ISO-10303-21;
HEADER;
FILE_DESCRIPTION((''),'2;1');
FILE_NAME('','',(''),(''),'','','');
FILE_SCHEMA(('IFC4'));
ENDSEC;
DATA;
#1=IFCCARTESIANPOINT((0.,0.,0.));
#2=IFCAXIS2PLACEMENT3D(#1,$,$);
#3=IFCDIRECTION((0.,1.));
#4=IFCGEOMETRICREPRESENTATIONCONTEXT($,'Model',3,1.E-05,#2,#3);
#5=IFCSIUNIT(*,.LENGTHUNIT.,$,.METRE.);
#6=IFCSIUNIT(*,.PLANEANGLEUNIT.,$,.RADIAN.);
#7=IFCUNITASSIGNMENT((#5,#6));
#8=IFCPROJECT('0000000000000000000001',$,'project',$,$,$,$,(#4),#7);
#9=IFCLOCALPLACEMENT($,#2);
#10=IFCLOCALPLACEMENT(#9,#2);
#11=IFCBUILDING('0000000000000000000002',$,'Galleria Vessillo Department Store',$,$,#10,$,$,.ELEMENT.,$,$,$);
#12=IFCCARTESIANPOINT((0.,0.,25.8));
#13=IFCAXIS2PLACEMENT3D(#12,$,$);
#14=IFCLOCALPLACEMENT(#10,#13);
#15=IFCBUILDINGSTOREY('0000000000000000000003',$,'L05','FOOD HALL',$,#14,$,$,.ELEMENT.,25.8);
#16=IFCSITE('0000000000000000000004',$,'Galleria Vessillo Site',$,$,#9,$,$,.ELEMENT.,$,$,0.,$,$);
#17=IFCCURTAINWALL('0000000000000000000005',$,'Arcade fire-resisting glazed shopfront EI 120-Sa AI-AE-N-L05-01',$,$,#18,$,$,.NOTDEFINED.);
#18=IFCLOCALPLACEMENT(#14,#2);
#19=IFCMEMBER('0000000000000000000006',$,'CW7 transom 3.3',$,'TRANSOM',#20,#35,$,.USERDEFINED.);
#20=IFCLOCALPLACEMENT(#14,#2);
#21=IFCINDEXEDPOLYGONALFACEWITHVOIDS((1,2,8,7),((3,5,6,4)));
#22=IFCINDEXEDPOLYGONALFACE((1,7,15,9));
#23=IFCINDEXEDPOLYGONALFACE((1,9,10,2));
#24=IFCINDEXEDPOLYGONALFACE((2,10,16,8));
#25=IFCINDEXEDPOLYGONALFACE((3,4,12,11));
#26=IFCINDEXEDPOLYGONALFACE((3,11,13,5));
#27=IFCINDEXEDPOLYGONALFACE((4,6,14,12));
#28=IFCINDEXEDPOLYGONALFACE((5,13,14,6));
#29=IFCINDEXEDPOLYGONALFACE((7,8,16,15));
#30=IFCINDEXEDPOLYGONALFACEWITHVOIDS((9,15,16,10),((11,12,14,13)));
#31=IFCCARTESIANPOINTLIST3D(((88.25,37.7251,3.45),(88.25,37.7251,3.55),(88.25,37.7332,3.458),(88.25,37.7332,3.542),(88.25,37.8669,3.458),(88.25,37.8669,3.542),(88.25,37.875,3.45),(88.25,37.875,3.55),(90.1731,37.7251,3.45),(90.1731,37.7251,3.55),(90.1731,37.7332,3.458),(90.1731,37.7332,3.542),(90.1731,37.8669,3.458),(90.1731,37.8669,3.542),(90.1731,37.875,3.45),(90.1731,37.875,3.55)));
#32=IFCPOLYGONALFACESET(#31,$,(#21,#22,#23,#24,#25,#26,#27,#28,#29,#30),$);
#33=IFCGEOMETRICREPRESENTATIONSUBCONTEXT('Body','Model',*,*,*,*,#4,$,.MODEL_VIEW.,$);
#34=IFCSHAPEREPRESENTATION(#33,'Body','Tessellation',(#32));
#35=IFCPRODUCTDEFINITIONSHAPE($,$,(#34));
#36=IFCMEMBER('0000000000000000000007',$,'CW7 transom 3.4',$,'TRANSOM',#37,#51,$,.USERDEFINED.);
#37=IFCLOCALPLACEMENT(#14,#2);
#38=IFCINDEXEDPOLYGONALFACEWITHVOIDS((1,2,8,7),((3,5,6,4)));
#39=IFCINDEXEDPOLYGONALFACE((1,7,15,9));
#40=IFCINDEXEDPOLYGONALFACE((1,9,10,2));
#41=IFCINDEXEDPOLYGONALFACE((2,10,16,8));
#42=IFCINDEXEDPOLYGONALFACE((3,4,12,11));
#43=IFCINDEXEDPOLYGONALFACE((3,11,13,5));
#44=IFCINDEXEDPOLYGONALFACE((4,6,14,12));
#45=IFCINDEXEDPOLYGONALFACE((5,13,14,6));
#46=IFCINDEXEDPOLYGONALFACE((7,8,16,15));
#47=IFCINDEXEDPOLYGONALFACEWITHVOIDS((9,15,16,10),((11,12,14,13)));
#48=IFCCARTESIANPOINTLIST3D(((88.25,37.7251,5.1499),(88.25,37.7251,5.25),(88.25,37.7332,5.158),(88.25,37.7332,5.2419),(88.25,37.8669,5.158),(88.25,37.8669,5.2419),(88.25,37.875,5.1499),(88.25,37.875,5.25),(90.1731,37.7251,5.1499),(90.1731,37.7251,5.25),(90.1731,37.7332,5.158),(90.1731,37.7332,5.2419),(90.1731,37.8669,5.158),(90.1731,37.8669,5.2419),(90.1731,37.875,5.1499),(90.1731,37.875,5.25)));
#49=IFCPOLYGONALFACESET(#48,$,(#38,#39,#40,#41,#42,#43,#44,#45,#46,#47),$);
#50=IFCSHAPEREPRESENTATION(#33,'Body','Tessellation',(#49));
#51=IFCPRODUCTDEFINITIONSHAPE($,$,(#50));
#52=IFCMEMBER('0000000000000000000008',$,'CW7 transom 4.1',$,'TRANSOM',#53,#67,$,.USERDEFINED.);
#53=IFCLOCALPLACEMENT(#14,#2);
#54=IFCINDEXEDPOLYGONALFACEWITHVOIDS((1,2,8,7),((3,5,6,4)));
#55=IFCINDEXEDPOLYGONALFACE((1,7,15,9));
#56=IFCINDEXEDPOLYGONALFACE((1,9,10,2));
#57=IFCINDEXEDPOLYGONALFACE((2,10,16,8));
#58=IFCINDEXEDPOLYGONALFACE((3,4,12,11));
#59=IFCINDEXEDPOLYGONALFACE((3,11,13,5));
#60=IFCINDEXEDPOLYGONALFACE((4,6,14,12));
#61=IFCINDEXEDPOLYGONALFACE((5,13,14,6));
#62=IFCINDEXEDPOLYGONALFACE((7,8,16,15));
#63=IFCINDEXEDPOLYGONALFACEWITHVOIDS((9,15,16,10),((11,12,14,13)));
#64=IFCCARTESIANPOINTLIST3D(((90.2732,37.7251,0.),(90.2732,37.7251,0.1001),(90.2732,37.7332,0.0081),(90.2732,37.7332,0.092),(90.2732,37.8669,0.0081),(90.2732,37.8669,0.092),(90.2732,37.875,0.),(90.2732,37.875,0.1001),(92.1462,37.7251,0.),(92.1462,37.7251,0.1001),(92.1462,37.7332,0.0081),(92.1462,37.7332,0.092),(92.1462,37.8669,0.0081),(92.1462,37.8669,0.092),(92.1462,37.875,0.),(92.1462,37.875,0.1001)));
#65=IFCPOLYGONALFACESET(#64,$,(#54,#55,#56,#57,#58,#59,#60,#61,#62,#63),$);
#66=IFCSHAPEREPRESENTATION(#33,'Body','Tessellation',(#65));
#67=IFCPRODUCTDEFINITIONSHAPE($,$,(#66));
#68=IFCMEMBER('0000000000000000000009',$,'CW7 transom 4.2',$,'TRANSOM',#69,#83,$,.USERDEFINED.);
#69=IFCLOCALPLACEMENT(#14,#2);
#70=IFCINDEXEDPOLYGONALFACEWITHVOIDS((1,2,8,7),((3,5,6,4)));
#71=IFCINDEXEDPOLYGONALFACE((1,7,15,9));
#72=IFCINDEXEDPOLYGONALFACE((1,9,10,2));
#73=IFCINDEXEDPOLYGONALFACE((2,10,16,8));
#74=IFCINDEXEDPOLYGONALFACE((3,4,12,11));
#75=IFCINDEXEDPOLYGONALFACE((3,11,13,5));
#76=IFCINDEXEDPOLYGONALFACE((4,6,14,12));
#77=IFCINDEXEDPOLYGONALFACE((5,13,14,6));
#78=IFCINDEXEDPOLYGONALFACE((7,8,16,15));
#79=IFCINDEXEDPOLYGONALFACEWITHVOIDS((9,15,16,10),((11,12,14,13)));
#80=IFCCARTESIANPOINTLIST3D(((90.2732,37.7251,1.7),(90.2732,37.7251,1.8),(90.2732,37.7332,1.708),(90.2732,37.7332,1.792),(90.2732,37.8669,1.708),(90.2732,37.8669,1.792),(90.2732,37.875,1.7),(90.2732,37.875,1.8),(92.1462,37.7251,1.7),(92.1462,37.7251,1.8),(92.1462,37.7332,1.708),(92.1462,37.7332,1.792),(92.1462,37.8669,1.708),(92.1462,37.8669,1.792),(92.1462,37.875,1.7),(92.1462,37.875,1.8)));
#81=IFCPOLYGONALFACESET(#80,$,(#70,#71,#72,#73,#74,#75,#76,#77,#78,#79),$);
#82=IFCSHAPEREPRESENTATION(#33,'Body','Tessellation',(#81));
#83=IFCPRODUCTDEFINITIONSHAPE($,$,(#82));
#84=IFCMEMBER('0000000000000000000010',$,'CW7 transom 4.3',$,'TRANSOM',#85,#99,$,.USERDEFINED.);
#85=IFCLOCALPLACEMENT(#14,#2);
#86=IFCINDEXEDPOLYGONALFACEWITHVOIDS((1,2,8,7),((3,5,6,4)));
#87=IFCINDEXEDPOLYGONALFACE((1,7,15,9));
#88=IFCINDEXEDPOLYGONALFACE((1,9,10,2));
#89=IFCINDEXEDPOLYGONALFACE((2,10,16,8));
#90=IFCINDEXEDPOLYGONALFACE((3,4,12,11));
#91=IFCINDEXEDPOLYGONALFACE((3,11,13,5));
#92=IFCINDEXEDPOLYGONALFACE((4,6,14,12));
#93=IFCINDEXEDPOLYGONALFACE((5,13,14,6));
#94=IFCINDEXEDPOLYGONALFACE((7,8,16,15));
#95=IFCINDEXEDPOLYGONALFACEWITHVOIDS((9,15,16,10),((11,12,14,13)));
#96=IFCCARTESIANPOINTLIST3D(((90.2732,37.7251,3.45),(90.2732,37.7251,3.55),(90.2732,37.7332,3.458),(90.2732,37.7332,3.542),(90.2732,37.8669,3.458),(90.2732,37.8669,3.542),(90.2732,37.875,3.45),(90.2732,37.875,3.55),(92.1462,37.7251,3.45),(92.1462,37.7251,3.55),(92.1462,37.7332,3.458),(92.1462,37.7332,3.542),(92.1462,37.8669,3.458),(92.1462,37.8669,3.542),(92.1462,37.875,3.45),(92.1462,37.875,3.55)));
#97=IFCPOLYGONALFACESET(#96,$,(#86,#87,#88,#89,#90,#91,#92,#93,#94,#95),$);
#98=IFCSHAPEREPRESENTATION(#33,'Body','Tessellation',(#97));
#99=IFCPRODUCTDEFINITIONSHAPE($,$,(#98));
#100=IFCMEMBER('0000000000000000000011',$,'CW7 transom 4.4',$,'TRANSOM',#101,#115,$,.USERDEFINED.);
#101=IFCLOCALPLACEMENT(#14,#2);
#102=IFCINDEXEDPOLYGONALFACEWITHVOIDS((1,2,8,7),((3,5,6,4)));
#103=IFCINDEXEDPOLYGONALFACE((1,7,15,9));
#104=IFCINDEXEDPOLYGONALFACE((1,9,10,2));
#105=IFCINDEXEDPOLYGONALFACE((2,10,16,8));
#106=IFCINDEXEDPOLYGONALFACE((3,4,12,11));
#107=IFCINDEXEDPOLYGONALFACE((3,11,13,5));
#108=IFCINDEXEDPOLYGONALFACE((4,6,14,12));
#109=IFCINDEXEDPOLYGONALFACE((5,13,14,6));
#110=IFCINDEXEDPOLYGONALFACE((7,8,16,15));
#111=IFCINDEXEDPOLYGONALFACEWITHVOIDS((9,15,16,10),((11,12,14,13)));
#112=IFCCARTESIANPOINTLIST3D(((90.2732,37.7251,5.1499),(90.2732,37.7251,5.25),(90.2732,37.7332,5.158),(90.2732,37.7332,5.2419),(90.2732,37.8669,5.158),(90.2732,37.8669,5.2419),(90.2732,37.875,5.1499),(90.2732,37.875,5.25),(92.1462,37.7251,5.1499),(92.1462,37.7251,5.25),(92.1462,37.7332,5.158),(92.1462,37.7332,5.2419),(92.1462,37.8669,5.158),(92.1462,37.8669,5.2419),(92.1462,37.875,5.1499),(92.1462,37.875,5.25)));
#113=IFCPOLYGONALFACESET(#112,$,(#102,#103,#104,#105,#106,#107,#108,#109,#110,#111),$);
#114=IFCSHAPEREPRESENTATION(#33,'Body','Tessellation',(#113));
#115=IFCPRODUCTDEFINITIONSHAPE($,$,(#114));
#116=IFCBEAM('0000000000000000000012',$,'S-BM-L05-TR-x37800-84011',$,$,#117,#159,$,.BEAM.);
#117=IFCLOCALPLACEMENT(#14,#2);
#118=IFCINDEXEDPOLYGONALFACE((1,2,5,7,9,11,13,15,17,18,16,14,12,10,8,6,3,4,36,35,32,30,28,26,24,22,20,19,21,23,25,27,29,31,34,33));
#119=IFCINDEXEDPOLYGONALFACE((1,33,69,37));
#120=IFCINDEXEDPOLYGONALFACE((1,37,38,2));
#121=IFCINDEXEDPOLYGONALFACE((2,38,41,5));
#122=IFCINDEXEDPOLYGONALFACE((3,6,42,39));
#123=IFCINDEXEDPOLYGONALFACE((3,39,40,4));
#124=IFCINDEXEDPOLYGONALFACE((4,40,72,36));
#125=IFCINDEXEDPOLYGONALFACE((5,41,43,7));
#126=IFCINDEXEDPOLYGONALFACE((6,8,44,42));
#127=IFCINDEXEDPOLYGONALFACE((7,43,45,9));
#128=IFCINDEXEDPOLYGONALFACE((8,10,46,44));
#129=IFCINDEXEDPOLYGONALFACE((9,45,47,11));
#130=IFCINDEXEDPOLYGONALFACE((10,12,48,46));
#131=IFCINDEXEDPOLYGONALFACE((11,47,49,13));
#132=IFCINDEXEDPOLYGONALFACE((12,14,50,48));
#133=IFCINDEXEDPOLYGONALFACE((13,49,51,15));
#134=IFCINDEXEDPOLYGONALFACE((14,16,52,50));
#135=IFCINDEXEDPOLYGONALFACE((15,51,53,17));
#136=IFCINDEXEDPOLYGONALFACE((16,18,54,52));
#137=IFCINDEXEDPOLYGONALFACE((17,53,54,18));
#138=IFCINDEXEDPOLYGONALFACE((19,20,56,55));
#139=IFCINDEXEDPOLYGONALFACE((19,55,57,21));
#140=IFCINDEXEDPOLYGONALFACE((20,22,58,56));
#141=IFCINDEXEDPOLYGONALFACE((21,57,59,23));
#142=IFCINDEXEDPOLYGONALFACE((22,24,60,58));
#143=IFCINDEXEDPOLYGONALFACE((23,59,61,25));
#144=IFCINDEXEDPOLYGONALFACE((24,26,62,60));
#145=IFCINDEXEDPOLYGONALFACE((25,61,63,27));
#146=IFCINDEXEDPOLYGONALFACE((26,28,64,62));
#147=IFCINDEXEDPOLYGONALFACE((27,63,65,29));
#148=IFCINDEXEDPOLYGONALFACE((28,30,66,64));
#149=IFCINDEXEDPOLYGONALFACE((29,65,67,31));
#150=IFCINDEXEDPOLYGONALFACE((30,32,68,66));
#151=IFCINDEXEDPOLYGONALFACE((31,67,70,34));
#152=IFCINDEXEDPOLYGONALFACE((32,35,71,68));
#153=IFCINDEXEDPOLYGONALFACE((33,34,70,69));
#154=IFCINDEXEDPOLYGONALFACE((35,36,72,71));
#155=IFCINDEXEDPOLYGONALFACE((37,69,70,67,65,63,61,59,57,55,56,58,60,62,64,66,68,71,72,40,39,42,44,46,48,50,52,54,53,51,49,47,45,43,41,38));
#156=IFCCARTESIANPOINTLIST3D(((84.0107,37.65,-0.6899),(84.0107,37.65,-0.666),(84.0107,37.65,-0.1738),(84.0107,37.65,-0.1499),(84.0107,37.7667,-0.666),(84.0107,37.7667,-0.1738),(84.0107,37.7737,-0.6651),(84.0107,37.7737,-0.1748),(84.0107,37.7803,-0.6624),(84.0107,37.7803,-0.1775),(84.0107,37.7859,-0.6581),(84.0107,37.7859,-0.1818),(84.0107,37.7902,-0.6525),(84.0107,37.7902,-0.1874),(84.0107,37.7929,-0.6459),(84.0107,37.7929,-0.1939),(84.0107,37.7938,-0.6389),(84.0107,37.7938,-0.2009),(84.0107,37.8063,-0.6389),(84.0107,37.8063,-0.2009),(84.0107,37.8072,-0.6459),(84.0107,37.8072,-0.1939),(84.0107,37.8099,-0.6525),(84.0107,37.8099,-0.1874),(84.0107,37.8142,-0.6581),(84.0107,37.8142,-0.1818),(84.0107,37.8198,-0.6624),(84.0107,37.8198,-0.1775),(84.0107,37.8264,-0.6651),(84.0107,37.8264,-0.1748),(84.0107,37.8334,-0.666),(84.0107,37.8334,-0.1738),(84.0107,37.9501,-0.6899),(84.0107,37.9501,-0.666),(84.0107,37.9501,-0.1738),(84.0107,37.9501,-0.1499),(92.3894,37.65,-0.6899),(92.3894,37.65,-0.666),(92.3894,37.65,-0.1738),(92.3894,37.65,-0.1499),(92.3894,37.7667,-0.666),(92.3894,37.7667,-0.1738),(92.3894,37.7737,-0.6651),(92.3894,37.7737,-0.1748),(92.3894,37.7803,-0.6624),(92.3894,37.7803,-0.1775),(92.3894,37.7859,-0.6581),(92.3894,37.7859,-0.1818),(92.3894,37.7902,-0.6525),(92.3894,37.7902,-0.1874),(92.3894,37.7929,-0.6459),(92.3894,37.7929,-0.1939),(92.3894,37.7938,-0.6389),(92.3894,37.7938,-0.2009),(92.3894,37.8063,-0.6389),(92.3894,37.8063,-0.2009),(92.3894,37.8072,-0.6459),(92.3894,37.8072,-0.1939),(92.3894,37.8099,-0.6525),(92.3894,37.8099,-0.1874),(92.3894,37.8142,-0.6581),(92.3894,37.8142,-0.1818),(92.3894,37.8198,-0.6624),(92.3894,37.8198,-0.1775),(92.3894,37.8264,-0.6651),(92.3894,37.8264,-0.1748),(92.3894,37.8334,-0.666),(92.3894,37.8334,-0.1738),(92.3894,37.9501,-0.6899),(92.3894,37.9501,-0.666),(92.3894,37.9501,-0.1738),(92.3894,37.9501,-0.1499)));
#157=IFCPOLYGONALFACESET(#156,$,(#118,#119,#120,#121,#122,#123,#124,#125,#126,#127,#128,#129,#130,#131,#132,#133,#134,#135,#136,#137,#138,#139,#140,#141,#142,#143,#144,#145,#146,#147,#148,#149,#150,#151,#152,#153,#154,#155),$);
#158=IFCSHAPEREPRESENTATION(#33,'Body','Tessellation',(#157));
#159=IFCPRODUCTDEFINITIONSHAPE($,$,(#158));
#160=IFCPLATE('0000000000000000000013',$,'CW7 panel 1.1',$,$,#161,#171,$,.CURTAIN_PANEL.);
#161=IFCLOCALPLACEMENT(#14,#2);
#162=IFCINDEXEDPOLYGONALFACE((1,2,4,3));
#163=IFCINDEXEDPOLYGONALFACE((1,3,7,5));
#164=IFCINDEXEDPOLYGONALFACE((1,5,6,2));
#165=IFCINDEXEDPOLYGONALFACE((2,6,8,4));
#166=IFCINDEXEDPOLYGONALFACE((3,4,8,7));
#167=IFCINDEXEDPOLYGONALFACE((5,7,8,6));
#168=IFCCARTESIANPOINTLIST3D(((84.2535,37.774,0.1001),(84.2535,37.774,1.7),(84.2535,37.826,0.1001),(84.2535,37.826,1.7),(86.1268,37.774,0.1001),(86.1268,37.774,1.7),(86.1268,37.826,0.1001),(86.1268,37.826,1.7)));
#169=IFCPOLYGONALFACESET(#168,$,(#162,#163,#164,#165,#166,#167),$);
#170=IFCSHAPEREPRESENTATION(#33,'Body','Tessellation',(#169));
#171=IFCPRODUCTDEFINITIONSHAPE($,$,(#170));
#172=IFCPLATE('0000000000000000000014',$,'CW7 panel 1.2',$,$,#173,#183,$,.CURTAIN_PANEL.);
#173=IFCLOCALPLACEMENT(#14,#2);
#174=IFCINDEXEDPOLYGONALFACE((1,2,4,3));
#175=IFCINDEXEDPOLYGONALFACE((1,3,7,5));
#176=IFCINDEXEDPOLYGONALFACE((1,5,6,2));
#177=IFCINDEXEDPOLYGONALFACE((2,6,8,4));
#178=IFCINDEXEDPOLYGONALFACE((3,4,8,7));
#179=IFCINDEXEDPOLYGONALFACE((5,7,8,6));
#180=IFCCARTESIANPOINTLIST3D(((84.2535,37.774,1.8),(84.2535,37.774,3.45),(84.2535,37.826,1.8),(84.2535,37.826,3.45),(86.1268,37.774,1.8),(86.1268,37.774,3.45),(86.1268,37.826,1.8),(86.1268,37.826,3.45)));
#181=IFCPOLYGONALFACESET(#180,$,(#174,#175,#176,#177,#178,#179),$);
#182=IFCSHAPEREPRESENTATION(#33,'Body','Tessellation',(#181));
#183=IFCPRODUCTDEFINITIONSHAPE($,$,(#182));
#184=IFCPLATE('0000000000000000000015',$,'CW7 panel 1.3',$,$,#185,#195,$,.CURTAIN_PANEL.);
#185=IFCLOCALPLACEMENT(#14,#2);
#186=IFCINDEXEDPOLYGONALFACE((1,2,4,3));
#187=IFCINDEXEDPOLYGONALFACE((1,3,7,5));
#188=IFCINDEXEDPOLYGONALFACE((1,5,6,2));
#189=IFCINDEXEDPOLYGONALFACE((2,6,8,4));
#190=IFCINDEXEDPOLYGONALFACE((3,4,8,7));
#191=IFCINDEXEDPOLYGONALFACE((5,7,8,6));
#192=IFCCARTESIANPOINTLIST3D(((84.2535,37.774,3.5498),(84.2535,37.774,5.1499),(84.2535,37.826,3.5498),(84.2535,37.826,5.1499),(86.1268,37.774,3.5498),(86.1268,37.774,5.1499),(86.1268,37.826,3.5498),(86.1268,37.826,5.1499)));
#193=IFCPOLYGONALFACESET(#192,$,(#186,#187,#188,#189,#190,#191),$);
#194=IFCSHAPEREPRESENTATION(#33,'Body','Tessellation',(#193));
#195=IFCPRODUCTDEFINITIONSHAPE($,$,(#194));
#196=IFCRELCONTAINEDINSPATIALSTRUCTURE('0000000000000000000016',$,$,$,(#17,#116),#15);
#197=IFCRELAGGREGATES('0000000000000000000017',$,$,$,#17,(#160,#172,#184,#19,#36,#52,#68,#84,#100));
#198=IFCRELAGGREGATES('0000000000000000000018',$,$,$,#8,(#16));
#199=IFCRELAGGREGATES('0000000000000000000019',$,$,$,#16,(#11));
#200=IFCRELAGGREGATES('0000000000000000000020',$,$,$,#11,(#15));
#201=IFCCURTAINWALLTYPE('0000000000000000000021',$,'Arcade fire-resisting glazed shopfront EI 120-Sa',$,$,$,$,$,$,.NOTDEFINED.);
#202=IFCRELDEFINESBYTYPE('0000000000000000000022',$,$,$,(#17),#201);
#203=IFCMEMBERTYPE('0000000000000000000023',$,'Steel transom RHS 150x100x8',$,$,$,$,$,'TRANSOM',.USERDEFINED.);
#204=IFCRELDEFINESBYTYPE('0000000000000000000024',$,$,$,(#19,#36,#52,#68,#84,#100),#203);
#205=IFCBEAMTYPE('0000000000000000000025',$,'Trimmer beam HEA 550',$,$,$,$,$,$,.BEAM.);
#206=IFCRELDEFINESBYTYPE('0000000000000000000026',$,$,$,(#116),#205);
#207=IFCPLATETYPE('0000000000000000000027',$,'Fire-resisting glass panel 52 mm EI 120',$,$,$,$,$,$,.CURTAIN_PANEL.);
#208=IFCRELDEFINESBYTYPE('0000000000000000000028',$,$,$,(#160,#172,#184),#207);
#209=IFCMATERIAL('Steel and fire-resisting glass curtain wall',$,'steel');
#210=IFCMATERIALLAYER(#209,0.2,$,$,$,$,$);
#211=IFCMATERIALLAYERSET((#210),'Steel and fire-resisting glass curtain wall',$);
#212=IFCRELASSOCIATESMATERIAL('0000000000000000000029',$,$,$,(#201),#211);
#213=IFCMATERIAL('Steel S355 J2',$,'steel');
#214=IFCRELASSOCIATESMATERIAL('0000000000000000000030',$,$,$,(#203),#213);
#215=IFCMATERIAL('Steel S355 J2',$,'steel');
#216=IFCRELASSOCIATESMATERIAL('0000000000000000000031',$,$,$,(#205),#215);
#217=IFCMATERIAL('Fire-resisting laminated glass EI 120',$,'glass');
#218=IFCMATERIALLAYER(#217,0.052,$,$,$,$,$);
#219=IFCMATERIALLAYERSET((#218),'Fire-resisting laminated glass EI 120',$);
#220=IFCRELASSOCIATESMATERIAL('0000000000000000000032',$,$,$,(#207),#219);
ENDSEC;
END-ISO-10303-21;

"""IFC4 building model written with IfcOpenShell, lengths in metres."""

from ifc_helpers import new_model, si_unit, direction, frame, origin, origin_2d, place, context, subcontext, project, spatial, rectangle, hollow_rectangle, i_section, extrude, material, layer, layer_set, material_profile, profile_set, type_object, element, aggregate, save


model = new_model("IFC4")

# Units and contexts
model_context = context("Model", 3, precision=1e-05, world=origin(), true_north=direction((0.0, 1.0)))
body_context = subcontext(model_context, "Body", "Model", "MODEL_VIEW")
ifc_project = project(units=[si_unit("LENGTHUNIT", "METRE"), si_unit("PLANEANGLEUNIT", "RADIAN")], contexts=[model_context])

# Site, building, storey
site_placement = place(None, origin())
site = spatial("IfcSite", under=ifc_project, at=site_placement, Name="Galleria Vessillo Site", CompositionType="ELEMENT", RefElevation=0.0)
building_placement = place(site_placement, origin())
building = spatial("IfcBuilding", under=site, at=building_placement, Name="Galleria Vessillo Department Store", CompositionType="ELEMENT")
storey_placement = place(building_placement, frame((0.0, 0.0, 25.8)))
storey = spatial("IfcBuildingStorey", under=building, at=storey_placement, Name="L05", Description="FOOD HALL", CompositionType="ELEMENT", Elevation=25.8)

# Curtain wall, members
ifc_material_1 = material(Name="Steel and fire-resisting glass curtain wall", Category="steel")
ifc_layer_1 = layer(ifc_material_1, 0.2)
ifc_layer_set_1 = layer_set([ifc_layer_1], Name="Steel and fire-resisting glass curtain wall")
curtain_wall_type = type_object("IfcCurtainWallType", Name="Arcade fire-resisting glazed shopfront EI 120-Sa", PredefinedType="NOTDEFINED", material=ifc_layer_set_1)
curtain_wall_placement = place(storey_placement, origin())
curtain_wall = element("IfcCurtainWall", 1, at=curtain_wall_placement, inside=storey, type_object=curtain_wall_type, Name="Arcade fire-resisting glazed shopfront EI 120-Sa AI-AE-N-L05-01", PredefinedType="NOTDEFINED")
ifc_material_2 = material(Name="Steel S355 J2", Category="steel")
ifc_material_profile_1 = material_profile(ifc_material_2, hollow_rectangle(XDim=0.1499, YDim=0.1001, WallThickness=0.0081, at=origin_2d()), Name="RHS 150x100x8")
ifc_profile_set_1 = profile_set([ifc_material_profile_1], Name="Steel S355 J2")
member_type_1 = type_object("IfcMemberType", Name="Steel transom RHS 150x100x8", ElementType="TRANSOM", PredefinedType="USERDEFINED", material=ifc_profile_set_1)
member_1_placement = place(storey_placement, frame((88.25, 37.8, 3.5), z_axis=(1.0, 0.0, 0.0), x_axis=(0.0, 1.0, 0.0)))
member_1 = element("IfcMember", 2, at=member_1_placement, type_object=member_type_1, Name="CW7 transom 3.3", ObjectType="TRANSOM", PredefinedType="USERDEFINED", context=body_context, shape_type="SweptSolid", body=[
    extrude(hollow_rectangle(XDim=0.1499, YDim=0.1001, WallThickness=0.0081, at=origin_2d()), origin(), (0.0, 0.0, 1.0), 1.9231),
])
member_2_placement = place(storey_placement, frame((88.25, 37.8, 5.2), z_axis=(1.0, 0.0, 0.0), x_axis=(0.0, 1.0, 0.0)))
member_2 = element("IfcMember", 3, at=member_2_placement, type_object=member_type_1, Name="CW7 transom 3.4", ObjectType="TRANSOM", PredefinedType="USERDEFINED", context=body_context, shape_type="SweptSolid", body=[
    extrude(hollow_rectangle(XDim=0.1499, YDim=0.1001, WallThickness=0.0081, at=origin_2d()), origin(), (0.0, 0.0, 1.0), 1.9231),
])
member_3_placement = place(storey_placement, frame((90.2732, 37.8, 0.05), z_axis=(1.0, 0.0, 0.0), x_axis=(0.0, 1.0, 0.0)))
member_3 = element("IfcMember", 4, at=member_3_placement, type_object=member_type_1, Name="CW7 transom 4.1", ObjectType="TRANSOM", PredefinedType="USERDEFINED", context=body_context, shape_type="SweptSolid", body=[
    extrude(hollow_rectangle(XDim=0.1499, YDim=0.1001, WallThickness=0.0081, at=origin_2d()), origin(), (0.0, 0.0, 1.0), 1.873),
])
member_4_placement = place(storey_placement, frame((90.2732, 37.8, 1.75), z_axis=(1.0, 0.0, 0.0), x_axis=(0.0, 1.0, 0.0)))
member_4 = element("IfcMember", 5, at=member_4_placement, type_object=member_type_1, Name="CW7 transom 4.2", ObjectType="TRANSOM", PredefinedType="USERDEFINED", context=body_context, shape_type="SweptSolid", body=[
    extrude(hollow_rectangle(XDim=0.1499, YDim=0.1001, WallThickness=0.0081, at=origin_2d()), origin(), (0.0, 0.0, 1.0), 1.873),
])
member_5_placement = place(storey_placement, frame((90.2732, 37.8, 3.5), z_axis=(1.0, 0.0, 0.0), x_axis=(0.0, 1.0, 0.0)))
member_5 = element("IfcMember", 6, at=member_5_placement, type_object=member_type_1, Name="CW7 transom 4.3", ObjectType="TRANSOM", PredefinedType="USERDEFINED", context=body_context, shape_type="SweptSolid", body=[
    extrude(hollow_rectangle(XDim=0.1499, YDim=0.1001, WallThickness=0.0081, at=origin_2d()), origin(), (0.0, 0.0, 1.0), 1.873),
])
member_6_placement = place(storey_placement, frame((90.2732, 37.8, 5.2), z_axis=(1.0, 0.0, 0.0), x_axis=(0.0, 1.0, 0.0)))
member_6 = element("IfcMember", 7, at=member_6_placement, type_object=member_type_1, Name="CW7 transom 4.4", ObjectType="TRANSOM", PredefinedType="USERDEFINED", context=body_context, shape_type="SweptSolid", body=[
    extrude(hollow_rectangle(XDim=0.1499, YDim=0.1001, WallThickness=0.0081, at=origin_2d()), origin(), (0.0, 0.0, 1.0), 1.873),
])

# Beam
ifc_material_3 = material(Name="Steel S355 J2", Category="steel")
ifc_material_profile_2 = material_profile(ifc_material_3, i_section(OverallWidth=0.3, OverallDepth=0.54, WebThickness=0.0125, FlangeThickness=0.0239, FilletRadius=0.0271, at=origin_2d()), Name="HEA 550")
ifc_profile_set_2 = profile_set([ifc_material_profile_2], Name="Steel S355 J2")
beam_type_1 = type_object("IfcBeamType", Name="Trimmer beam HEA 550", PredefinedType="BEAM", material=ifc_profile_set_2)
beam_placement = place(storey_placement, frame((84.0107, 37.8, -0.4199), z_axis=(1.0, 0.0, 0.0), x_axis=(0.0, 1.0, 0.0)))
element("IfcBeam", 8, at=beam_placement, inside=storey, type_object=beam_type_1, Name="S-BM-L05-TR-x37800-84011", PredefinedType="BEAM", context=body_context, shape_type="SweptSolid", body=[
    extrude(i_section(OverallWidth=0.3, OverallDepth=0.54, WebThickness=0.0125, FlangeThickness=0.0239, FilletRadius=0.0271, at=origin_2d()), origin(), (0.0, 0.0, 1.0), 8.3787),
])

# Plates
ifc_material_4 = material(Name="Fire-resisting laminated glass EI 120", Category="glass")
ifc_layer_2 = layer(ifc_material_4, 0.052)
ifc_layer_set_2 = layer_set([ifc_layer_2], Name="Fire-resisting laminated glass EI 120")
plate_type = type_object("IfcPlateType", Name="Fire-resisting glass panel 52 mm EI 120", PredefinedType="CURTAIN_PANEL", material=ifc_layer_set_2)
plate_1_placement = place(storey_placement, frame((85.1902, 37.8, 0.1001), z_axis=(0.0, 0.0, 1.0), x_axis=(1.0, 0.0, 0.0)))
plate_1 = element("IfcPlate", 9, at=plate_1_placement, type_object=plate_type, Name="CW7 panel 1.1", PredefinedType="CURTAIN_PANEL", context=body_context, shape_type="SweptSolid", body=[
    extrude(rectangle(XDim=1.8733, YDim=0.052, at=origin_2d()), origin(), (0.0, 0.0, 1.0), 1.5999),
])
plate_2_placement = place(storey_placement, frame((85.1902, 37.8, 1.8), z_axis=(0.0, 0.0, 1.0), x_axis=(1.0, 0.0, 0.0)))
plate_2 = element("IfcPlate", 10, at=plate_2_placement, type_object=plate_type, Name="CW7 panel 1.2", PredefinedType="CURTAIN_PANEL", context=body_context, shape_type="SweptSolid", body=[
    extrude(rectangle(XDim=1.8733, YDim=0.052, at=origin_2d()), origin(), (0.0, 0.0, 1.0), 1.6499),
])
plate_3_placement = place(storey_placement, frame((85.1902, 37.8, 3.5498), z_axis=(0.0, 0.0, 1.0), x_axis=(1.0, 0.0, 0.0)))
plate_3 = element("IfcPlate", 11, at=plate_3_placement, type_object=plate_type, Name="CW7 panel 1.3", PredefinedType="CURTAIN_PANEL", context=body_context, shape_type="SweptSolid", body=[
    extrude(rectangle(XDim=1.8733, YDim=0.052, at=origin_2d()), origin(), (0.0, 0.0, 1.0), 1.6001),
])
aggregate(curtain_wall, [plate_1, plate_2, plate_3, member_1, member_2, member_3, member_4, member_5, member_6])

save(model, "model.ifc")
